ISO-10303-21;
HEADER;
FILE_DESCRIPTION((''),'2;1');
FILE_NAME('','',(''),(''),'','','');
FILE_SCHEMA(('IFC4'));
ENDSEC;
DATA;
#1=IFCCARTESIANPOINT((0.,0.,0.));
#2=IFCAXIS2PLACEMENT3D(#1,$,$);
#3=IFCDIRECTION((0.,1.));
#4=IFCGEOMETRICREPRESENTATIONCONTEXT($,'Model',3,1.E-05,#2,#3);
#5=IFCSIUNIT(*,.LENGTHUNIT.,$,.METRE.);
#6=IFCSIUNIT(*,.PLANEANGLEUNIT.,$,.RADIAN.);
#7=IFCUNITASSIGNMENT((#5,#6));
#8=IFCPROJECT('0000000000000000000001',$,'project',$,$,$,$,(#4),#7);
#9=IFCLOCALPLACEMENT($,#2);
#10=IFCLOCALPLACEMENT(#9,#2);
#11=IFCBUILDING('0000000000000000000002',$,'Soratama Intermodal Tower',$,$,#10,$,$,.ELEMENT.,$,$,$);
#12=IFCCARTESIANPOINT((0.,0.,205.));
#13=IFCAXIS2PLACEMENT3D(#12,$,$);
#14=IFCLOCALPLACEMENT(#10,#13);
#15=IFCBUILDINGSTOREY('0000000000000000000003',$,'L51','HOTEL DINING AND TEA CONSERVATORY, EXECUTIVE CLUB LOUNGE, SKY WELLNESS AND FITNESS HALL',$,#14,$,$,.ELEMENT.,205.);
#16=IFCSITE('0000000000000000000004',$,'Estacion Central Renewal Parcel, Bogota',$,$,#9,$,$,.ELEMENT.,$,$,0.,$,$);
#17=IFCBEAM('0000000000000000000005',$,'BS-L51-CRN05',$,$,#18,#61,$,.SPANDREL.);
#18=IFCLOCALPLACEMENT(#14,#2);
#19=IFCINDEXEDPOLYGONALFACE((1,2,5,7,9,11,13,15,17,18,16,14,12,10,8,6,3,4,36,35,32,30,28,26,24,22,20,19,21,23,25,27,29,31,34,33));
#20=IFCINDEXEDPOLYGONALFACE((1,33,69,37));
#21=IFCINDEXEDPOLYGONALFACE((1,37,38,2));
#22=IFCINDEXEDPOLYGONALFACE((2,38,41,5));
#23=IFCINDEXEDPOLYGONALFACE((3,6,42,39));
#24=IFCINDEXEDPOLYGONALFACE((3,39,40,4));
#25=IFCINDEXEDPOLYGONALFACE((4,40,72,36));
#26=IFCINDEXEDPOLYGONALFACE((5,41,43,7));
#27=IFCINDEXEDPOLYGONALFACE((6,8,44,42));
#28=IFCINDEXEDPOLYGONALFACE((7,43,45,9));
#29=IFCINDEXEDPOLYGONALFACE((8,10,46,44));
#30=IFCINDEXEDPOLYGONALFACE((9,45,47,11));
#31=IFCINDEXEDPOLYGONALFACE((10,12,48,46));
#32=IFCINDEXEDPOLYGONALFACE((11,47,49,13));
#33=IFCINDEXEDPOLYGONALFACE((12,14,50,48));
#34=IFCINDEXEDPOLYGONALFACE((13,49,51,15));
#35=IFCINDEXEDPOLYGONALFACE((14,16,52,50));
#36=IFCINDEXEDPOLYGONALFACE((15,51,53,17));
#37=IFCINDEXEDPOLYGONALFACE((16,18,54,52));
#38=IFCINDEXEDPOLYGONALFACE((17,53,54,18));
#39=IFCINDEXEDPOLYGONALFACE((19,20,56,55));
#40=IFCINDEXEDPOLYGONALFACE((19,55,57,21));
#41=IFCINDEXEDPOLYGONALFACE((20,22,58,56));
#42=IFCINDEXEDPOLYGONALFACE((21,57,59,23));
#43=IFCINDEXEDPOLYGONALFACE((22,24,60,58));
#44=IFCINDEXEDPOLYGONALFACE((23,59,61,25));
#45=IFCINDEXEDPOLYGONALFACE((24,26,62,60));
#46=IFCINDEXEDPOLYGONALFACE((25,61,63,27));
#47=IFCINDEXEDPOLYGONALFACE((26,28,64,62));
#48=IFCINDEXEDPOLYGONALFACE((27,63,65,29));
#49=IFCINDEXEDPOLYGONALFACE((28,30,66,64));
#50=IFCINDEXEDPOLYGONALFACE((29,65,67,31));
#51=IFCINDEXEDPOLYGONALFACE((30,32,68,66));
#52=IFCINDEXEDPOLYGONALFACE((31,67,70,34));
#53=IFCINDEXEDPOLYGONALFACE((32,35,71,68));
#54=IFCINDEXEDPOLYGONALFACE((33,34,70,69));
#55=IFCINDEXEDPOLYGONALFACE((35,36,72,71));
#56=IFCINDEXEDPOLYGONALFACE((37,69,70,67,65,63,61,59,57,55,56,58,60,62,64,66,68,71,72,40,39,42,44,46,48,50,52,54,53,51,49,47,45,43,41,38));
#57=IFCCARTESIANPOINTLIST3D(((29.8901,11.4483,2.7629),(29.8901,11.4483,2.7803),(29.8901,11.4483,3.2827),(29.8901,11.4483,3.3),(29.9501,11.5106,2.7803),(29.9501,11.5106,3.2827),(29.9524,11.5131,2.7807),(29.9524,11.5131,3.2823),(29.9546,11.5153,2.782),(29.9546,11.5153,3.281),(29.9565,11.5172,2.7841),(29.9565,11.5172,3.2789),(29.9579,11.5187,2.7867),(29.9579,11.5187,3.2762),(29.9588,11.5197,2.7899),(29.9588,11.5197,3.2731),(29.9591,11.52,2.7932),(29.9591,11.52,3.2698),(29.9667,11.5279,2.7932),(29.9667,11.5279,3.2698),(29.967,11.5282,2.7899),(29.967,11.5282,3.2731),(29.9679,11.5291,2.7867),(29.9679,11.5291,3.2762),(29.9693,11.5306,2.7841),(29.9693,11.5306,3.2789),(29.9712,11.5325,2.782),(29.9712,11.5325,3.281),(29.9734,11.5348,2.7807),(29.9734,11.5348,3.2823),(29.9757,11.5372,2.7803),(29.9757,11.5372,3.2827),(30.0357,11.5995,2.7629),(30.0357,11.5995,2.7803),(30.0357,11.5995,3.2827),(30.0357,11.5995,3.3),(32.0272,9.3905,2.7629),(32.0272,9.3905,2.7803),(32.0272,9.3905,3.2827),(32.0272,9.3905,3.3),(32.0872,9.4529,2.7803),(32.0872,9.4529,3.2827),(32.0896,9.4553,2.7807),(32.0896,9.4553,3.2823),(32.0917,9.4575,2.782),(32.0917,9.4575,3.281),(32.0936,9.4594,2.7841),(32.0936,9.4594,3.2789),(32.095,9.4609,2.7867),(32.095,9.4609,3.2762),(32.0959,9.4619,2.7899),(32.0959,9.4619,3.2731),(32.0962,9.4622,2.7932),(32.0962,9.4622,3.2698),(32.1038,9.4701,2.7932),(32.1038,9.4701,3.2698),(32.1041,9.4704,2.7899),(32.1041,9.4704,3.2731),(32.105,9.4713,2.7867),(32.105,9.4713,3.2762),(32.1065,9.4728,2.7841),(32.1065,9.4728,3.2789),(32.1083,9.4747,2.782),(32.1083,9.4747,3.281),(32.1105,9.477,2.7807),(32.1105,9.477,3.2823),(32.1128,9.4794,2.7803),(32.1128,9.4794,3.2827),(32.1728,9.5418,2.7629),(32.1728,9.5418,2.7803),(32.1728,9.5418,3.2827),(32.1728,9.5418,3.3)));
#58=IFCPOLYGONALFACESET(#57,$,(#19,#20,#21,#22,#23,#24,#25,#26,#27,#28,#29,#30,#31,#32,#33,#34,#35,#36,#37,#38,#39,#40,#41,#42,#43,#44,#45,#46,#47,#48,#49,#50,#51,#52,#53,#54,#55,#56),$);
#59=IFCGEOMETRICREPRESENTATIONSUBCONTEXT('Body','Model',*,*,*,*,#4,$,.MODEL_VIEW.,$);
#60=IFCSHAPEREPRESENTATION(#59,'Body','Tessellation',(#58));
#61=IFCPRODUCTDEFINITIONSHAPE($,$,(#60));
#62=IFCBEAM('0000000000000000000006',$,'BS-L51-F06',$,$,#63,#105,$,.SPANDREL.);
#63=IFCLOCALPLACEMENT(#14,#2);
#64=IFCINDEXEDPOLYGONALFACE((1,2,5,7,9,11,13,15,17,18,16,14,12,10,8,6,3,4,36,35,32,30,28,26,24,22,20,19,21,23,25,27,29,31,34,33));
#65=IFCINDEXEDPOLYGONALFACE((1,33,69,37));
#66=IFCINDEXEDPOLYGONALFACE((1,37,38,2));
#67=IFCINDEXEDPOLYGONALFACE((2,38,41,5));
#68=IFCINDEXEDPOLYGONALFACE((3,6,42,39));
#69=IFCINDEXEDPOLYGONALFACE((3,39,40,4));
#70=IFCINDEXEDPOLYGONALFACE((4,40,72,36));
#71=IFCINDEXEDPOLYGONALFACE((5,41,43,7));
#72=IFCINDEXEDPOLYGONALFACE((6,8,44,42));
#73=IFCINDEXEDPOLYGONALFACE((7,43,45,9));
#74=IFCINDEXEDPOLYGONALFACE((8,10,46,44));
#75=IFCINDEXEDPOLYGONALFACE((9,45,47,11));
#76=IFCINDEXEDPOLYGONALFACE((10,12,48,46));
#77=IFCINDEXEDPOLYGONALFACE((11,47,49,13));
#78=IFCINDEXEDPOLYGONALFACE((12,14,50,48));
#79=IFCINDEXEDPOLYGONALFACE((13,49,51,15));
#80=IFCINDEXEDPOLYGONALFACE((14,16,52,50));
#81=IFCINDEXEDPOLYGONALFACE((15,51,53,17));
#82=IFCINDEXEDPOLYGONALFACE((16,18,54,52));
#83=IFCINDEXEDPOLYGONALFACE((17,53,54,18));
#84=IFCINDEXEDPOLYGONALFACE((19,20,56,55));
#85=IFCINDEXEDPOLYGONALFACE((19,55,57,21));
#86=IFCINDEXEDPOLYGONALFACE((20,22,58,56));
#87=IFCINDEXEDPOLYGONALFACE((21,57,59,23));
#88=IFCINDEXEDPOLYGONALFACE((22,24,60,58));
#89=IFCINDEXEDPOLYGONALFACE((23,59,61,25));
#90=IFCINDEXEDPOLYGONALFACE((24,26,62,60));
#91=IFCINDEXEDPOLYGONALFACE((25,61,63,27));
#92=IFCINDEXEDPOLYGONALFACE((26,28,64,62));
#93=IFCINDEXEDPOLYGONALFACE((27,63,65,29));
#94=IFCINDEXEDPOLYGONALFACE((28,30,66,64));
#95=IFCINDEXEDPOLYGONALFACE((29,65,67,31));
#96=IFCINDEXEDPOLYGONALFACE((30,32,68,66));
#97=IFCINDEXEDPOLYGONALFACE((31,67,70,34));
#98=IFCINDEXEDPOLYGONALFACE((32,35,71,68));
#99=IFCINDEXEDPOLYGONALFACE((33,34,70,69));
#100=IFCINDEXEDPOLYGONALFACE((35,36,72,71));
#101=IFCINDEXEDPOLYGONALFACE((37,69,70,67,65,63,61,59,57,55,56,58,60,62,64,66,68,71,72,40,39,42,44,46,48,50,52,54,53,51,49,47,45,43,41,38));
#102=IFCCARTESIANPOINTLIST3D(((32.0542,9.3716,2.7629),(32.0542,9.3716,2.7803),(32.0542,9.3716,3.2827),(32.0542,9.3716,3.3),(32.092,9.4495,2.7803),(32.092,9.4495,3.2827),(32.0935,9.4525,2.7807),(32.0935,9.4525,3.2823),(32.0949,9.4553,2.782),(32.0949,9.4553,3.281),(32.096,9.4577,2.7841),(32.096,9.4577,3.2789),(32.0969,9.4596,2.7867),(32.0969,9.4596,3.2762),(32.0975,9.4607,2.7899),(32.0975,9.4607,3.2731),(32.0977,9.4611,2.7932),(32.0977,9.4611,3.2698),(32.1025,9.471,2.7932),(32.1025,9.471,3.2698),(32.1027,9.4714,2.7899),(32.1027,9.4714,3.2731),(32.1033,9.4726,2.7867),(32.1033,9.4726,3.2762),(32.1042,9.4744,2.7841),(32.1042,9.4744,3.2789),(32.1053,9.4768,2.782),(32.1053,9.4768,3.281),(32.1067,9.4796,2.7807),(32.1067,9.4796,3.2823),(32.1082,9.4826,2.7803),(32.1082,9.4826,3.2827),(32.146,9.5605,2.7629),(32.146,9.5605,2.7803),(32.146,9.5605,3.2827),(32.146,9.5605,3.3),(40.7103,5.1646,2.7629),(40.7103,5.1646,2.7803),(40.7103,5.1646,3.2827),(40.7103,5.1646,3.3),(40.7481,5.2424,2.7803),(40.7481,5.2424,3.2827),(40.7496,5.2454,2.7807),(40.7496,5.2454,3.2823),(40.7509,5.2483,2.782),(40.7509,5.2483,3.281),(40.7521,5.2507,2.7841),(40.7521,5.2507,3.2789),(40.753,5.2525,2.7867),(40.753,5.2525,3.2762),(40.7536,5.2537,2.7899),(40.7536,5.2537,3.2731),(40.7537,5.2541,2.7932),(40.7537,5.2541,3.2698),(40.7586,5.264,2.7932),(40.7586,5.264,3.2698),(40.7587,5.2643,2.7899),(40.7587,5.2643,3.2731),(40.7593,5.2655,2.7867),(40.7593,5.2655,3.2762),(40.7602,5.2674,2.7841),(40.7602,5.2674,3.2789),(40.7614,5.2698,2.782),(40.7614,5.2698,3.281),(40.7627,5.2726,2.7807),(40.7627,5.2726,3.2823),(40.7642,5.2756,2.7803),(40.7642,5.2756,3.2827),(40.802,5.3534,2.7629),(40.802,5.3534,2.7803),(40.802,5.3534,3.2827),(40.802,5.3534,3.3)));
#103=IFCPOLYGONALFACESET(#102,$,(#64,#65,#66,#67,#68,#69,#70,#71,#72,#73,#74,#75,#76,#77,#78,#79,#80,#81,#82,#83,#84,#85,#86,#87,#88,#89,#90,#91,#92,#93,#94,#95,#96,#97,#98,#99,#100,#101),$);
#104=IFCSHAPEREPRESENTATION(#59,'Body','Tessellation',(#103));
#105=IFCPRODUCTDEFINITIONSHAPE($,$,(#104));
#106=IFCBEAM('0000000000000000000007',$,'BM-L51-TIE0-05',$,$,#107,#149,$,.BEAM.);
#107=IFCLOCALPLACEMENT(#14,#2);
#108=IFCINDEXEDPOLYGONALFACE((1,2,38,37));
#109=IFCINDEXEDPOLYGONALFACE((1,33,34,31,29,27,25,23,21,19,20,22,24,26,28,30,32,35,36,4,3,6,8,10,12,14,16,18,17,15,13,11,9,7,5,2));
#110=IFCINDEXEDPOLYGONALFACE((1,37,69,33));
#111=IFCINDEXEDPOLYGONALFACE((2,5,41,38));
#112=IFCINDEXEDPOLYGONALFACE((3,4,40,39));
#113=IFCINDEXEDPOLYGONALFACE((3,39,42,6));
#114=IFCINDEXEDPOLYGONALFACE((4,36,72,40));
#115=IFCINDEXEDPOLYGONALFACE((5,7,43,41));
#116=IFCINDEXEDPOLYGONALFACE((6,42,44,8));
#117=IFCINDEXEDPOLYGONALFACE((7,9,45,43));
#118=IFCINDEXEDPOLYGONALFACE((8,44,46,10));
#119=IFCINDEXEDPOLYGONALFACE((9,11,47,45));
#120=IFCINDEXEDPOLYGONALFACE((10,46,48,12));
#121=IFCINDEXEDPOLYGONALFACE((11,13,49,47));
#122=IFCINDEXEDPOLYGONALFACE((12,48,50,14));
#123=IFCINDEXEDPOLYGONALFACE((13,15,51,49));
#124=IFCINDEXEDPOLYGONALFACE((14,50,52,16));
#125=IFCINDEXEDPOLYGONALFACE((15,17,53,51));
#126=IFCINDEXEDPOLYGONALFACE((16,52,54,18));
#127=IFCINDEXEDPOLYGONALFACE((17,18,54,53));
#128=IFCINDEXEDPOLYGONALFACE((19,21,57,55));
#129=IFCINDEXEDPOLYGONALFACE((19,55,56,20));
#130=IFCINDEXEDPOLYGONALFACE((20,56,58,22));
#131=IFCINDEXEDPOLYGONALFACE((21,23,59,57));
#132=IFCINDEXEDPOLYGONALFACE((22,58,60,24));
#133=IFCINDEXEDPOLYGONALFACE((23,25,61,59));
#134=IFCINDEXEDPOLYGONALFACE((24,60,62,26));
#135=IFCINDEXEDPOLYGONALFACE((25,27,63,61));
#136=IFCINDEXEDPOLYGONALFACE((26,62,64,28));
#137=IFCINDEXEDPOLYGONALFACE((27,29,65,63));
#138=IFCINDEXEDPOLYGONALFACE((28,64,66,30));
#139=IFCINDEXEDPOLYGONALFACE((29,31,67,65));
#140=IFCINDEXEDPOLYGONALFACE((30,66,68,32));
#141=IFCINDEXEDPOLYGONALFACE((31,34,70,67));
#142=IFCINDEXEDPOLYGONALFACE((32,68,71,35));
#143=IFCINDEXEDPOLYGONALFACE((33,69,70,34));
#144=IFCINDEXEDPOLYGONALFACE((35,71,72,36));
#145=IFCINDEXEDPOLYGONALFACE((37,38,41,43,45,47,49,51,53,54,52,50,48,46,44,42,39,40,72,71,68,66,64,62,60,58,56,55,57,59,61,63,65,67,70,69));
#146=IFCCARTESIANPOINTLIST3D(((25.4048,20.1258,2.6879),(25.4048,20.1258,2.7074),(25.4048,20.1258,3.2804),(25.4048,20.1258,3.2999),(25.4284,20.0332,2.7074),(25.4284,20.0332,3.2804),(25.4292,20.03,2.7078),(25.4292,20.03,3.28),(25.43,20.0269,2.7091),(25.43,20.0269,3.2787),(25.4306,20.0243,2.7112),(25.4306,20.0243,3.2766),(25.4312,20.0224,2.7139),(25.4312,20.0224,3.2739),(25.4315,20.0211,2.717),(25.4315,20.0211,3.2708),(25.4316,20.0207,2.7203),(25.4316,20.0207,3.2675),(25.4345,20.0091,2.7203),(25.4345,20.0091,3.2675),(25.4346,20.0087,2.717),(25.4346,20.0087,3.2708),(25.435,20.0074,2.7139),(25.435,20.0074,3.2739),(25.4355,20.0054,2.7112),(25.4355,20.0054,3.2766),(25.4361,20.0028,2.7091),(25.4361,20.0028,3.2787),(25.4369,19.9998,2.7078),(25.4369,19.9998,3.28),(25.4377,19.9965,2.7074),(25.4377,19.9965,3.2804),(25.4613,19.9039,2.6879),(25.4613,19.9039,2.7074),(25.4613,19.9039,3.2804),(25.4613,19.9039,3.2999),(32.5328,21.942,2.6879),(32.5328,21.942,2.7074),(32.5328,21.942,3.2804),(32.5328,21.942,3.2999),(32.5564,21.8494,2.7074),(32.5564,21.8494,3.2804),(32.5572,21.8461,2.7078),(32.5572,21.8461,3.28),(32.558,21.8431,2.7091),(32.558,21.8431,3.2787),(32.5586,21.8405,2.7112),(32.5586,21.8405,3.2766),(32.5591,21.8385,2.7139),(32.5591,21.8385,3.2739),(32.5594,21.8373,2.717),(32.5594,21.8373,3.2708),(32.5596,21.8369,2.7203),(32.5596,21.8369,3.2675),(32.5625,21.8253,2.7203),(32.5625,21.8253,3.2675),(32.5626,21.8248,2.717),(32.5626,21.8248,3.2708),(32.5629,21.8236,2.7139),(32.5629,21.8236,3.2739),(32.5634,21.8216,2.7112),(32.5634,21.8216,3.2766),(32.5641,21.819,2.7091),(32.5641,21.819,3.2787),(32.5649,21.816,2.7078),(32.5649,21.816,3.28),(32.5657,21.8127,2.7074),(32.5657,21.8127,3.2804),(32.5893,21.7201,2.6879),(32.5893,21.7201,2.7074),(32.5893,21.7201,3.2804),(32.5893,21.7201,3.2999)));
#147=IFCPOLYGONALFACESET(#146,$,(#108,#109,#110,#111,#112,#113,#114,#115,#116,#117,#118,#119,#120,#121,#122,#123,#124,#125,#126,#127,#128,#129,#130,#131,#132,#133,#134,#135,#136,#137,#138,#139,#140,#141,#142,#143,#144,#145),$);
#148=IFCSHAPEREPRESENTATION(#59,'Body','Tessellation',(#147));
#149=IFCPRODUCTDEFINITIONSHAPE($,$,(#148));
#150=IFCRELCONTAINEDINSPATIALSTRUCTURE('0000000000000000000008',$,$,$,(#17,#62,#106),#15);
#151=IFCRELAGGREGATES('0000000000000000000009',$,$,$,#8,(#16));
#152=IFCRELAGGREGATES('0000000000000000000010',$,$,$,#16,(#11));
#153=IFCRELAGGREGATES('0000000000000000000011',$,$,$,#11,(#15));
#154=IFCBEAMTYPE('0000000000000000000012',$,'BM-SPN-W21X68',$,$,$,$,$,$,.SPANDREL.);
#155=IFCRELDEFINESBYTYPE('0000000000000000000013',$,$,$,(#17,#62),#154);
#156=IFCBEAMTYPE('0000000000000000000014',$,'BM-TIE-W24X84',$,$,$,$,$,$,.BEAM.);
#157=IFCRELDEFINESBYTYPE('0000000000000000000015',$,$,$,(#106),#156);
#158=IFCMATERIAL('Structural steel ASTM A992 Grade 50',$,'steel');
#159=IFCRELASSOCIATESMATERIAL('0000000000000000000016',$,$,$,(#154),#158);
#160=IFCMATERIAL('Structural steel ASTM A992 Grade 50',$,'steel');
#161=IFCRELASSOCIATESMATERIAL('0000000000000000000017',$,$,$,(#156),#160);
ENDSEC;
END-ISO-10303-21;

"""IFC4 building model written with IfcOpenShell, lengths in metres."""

from ifc_helpers import new_model, si_unit, direction, frame, origin, origin_2d, place, context, subcontext, project, spatial, i_section, extrude, material, material_profile, profile_set, type_object, element, save


model = new_model("IFC4")

# Units and contexts
model_context = context("Model", 3, precision=1e-05, world=origin(), true_north=direction((0.0, 1.0)))
body_context = subcontext(model_context, "Body", "Model", "MODEL_VIEW")
ifc_project = project(units=[si_unit("LENGTHUNIT", "METRE"), si_unit("PLANEANGLEUNIT", "RADIAN")], contexts=[model_context])

# Site, building, storey
site_placement = place(None, origin())
site = spatial("IfcSite", under=ifc_project, at=site_placement, Name="Estacion Central Renewal Parcel, Bogota", CompositionType="ELEMENT", RefElevation=0.0)
building_placement = place(site_placement, origin())
building = spatial("IfcBuilding", under=site, at=building_placement, Name="Soratama Intermodal Tower", CompositionType="ELEMENT")
storey_placement = place(building_placement, frame((0.0, 0.0, 205.0)))
storey = spatial("IfcBuildingStorey", under=building, at=storey_placement, Name="L51", Description="HOTEL DINING AND TEA CONSERVATORY, EXECUTIVE CLUB LOUNGE, SKY WELLNESS AND FITNESS HALL", CompositionType="ELEMENT", Elevation=205.0)

# Beams
ifc_material_1 = material(Name="Structural steel ASTM A992 Grade 50", Category="steel")
ifc_material_profile_1 = material_profile(ifc_material_1, i_section(OverallWidth=0.21, OverallDepth=0.5371, WebThickness=0.011, FlangeThickness=0.0173, FilletRadius=0.0129, at=origin_2d()), Name="W21X68")
ifc_profile_set_1 = profile_set([ifc_material_profile_1], Name="Structural steel ASTM A992 Grade 50")
beam_type_1 = type_object("IfcBeamType", Name="BM-SPN-W21X68", PredefinedType="SPANDREL", material=ifc_profile_set_1)
beam_1_placement = place(storey_placement, frame((29.9629, 11.5239, 3.0315), z_axis=(0.720352, -0.693608, 0.0), x_axis=(0.693608, 0.720352, 0.0)))
element("IfcBeam", 1, at=beam_1_placement, inside=storey, type_object=beam_type_1, Name="BS-L51-CRN05", PredefinedType="SPANDREL", context=body_context, shape_type="SweptSolid", body=[
    extrude(i_section(OverallWidth=0.21, OverallDepth=0.5371, WebThickness=0.011, FlangeThickness=0.0173, FilletRadius=0.0129, at=origin_2d()), origin(), (0.0, 0.0, 1.0), 2.9668),
])
beam_2_placement = place(storey_placement, frame((32.1001, 9.4661, 3.0315), z_axis=(0.899398, -0.43713, 0.0), x_axis=(0.43713, 0.899398, 0.0)))
element("IfcBeam", 2, at=beam_2_placement, inside=storey, type_object=beam_type_1, Name="BS-L51-F06", PredefinedType="SPANDREL", context=body_context, shape_type="SweptSolid", body=[
    extrude(i_section(OverallWidth=0.21, OverallDepth=0.5371, WebThickness=0.011, FlangeThickness=0.0173, FilletRadius=0.0129, at=origin_2d()), origin(), (0.0, 0.0, 1.0), 9.6243),
])
ifc_material_2 = material(Name="Structural steel ASTM A992 Grade 50", Category="steel")
ifc_material_profile_2 = material_profile(ifc_material_2, i_section(OverallWidth=0.229, OverallDepth=0.6121, WebThickness=0.012, FlangeThickness=0.0195, FilletRadius=0.0129, at=origin_2d()), Name="W24X84")
ifc_profile_set_2 = profile_set([ifc_material_profile_2], Name="Structural steel ASTM A992 Grade 50")
beam_type_2 = type_object("IfcBeamType", Name="BM-TIE-W24X84", PredefinedType="BEAM", material=ifc_profile_set_2)
beam_3_placement = place(storey_placement, frame((32.561, 21.8311, 2.9939), z_axis=(-0.969039, -0.246907, 0.0), x_axis=(0.246907, -0.969039, 0.0)))
element("IfcBeam", 3, at=beam_3_placement, inside=storey, type_object=beam_type_2, Name="BM-L51-TIE0-05", PredefinedType="BEAM", context=body_context, shape_type="SweptSolid", body=[
    extrude(i_section(OverallWidth=0.229, OverallDepth=0.6121, WebThickness=0.012, FlangeThickness=0.0195, FilletRadius=0.0129, at=origin_2d()), origin(), (0.0, 0.0, 1.0), 7.3557),
])

save(model, "model.ifc")
